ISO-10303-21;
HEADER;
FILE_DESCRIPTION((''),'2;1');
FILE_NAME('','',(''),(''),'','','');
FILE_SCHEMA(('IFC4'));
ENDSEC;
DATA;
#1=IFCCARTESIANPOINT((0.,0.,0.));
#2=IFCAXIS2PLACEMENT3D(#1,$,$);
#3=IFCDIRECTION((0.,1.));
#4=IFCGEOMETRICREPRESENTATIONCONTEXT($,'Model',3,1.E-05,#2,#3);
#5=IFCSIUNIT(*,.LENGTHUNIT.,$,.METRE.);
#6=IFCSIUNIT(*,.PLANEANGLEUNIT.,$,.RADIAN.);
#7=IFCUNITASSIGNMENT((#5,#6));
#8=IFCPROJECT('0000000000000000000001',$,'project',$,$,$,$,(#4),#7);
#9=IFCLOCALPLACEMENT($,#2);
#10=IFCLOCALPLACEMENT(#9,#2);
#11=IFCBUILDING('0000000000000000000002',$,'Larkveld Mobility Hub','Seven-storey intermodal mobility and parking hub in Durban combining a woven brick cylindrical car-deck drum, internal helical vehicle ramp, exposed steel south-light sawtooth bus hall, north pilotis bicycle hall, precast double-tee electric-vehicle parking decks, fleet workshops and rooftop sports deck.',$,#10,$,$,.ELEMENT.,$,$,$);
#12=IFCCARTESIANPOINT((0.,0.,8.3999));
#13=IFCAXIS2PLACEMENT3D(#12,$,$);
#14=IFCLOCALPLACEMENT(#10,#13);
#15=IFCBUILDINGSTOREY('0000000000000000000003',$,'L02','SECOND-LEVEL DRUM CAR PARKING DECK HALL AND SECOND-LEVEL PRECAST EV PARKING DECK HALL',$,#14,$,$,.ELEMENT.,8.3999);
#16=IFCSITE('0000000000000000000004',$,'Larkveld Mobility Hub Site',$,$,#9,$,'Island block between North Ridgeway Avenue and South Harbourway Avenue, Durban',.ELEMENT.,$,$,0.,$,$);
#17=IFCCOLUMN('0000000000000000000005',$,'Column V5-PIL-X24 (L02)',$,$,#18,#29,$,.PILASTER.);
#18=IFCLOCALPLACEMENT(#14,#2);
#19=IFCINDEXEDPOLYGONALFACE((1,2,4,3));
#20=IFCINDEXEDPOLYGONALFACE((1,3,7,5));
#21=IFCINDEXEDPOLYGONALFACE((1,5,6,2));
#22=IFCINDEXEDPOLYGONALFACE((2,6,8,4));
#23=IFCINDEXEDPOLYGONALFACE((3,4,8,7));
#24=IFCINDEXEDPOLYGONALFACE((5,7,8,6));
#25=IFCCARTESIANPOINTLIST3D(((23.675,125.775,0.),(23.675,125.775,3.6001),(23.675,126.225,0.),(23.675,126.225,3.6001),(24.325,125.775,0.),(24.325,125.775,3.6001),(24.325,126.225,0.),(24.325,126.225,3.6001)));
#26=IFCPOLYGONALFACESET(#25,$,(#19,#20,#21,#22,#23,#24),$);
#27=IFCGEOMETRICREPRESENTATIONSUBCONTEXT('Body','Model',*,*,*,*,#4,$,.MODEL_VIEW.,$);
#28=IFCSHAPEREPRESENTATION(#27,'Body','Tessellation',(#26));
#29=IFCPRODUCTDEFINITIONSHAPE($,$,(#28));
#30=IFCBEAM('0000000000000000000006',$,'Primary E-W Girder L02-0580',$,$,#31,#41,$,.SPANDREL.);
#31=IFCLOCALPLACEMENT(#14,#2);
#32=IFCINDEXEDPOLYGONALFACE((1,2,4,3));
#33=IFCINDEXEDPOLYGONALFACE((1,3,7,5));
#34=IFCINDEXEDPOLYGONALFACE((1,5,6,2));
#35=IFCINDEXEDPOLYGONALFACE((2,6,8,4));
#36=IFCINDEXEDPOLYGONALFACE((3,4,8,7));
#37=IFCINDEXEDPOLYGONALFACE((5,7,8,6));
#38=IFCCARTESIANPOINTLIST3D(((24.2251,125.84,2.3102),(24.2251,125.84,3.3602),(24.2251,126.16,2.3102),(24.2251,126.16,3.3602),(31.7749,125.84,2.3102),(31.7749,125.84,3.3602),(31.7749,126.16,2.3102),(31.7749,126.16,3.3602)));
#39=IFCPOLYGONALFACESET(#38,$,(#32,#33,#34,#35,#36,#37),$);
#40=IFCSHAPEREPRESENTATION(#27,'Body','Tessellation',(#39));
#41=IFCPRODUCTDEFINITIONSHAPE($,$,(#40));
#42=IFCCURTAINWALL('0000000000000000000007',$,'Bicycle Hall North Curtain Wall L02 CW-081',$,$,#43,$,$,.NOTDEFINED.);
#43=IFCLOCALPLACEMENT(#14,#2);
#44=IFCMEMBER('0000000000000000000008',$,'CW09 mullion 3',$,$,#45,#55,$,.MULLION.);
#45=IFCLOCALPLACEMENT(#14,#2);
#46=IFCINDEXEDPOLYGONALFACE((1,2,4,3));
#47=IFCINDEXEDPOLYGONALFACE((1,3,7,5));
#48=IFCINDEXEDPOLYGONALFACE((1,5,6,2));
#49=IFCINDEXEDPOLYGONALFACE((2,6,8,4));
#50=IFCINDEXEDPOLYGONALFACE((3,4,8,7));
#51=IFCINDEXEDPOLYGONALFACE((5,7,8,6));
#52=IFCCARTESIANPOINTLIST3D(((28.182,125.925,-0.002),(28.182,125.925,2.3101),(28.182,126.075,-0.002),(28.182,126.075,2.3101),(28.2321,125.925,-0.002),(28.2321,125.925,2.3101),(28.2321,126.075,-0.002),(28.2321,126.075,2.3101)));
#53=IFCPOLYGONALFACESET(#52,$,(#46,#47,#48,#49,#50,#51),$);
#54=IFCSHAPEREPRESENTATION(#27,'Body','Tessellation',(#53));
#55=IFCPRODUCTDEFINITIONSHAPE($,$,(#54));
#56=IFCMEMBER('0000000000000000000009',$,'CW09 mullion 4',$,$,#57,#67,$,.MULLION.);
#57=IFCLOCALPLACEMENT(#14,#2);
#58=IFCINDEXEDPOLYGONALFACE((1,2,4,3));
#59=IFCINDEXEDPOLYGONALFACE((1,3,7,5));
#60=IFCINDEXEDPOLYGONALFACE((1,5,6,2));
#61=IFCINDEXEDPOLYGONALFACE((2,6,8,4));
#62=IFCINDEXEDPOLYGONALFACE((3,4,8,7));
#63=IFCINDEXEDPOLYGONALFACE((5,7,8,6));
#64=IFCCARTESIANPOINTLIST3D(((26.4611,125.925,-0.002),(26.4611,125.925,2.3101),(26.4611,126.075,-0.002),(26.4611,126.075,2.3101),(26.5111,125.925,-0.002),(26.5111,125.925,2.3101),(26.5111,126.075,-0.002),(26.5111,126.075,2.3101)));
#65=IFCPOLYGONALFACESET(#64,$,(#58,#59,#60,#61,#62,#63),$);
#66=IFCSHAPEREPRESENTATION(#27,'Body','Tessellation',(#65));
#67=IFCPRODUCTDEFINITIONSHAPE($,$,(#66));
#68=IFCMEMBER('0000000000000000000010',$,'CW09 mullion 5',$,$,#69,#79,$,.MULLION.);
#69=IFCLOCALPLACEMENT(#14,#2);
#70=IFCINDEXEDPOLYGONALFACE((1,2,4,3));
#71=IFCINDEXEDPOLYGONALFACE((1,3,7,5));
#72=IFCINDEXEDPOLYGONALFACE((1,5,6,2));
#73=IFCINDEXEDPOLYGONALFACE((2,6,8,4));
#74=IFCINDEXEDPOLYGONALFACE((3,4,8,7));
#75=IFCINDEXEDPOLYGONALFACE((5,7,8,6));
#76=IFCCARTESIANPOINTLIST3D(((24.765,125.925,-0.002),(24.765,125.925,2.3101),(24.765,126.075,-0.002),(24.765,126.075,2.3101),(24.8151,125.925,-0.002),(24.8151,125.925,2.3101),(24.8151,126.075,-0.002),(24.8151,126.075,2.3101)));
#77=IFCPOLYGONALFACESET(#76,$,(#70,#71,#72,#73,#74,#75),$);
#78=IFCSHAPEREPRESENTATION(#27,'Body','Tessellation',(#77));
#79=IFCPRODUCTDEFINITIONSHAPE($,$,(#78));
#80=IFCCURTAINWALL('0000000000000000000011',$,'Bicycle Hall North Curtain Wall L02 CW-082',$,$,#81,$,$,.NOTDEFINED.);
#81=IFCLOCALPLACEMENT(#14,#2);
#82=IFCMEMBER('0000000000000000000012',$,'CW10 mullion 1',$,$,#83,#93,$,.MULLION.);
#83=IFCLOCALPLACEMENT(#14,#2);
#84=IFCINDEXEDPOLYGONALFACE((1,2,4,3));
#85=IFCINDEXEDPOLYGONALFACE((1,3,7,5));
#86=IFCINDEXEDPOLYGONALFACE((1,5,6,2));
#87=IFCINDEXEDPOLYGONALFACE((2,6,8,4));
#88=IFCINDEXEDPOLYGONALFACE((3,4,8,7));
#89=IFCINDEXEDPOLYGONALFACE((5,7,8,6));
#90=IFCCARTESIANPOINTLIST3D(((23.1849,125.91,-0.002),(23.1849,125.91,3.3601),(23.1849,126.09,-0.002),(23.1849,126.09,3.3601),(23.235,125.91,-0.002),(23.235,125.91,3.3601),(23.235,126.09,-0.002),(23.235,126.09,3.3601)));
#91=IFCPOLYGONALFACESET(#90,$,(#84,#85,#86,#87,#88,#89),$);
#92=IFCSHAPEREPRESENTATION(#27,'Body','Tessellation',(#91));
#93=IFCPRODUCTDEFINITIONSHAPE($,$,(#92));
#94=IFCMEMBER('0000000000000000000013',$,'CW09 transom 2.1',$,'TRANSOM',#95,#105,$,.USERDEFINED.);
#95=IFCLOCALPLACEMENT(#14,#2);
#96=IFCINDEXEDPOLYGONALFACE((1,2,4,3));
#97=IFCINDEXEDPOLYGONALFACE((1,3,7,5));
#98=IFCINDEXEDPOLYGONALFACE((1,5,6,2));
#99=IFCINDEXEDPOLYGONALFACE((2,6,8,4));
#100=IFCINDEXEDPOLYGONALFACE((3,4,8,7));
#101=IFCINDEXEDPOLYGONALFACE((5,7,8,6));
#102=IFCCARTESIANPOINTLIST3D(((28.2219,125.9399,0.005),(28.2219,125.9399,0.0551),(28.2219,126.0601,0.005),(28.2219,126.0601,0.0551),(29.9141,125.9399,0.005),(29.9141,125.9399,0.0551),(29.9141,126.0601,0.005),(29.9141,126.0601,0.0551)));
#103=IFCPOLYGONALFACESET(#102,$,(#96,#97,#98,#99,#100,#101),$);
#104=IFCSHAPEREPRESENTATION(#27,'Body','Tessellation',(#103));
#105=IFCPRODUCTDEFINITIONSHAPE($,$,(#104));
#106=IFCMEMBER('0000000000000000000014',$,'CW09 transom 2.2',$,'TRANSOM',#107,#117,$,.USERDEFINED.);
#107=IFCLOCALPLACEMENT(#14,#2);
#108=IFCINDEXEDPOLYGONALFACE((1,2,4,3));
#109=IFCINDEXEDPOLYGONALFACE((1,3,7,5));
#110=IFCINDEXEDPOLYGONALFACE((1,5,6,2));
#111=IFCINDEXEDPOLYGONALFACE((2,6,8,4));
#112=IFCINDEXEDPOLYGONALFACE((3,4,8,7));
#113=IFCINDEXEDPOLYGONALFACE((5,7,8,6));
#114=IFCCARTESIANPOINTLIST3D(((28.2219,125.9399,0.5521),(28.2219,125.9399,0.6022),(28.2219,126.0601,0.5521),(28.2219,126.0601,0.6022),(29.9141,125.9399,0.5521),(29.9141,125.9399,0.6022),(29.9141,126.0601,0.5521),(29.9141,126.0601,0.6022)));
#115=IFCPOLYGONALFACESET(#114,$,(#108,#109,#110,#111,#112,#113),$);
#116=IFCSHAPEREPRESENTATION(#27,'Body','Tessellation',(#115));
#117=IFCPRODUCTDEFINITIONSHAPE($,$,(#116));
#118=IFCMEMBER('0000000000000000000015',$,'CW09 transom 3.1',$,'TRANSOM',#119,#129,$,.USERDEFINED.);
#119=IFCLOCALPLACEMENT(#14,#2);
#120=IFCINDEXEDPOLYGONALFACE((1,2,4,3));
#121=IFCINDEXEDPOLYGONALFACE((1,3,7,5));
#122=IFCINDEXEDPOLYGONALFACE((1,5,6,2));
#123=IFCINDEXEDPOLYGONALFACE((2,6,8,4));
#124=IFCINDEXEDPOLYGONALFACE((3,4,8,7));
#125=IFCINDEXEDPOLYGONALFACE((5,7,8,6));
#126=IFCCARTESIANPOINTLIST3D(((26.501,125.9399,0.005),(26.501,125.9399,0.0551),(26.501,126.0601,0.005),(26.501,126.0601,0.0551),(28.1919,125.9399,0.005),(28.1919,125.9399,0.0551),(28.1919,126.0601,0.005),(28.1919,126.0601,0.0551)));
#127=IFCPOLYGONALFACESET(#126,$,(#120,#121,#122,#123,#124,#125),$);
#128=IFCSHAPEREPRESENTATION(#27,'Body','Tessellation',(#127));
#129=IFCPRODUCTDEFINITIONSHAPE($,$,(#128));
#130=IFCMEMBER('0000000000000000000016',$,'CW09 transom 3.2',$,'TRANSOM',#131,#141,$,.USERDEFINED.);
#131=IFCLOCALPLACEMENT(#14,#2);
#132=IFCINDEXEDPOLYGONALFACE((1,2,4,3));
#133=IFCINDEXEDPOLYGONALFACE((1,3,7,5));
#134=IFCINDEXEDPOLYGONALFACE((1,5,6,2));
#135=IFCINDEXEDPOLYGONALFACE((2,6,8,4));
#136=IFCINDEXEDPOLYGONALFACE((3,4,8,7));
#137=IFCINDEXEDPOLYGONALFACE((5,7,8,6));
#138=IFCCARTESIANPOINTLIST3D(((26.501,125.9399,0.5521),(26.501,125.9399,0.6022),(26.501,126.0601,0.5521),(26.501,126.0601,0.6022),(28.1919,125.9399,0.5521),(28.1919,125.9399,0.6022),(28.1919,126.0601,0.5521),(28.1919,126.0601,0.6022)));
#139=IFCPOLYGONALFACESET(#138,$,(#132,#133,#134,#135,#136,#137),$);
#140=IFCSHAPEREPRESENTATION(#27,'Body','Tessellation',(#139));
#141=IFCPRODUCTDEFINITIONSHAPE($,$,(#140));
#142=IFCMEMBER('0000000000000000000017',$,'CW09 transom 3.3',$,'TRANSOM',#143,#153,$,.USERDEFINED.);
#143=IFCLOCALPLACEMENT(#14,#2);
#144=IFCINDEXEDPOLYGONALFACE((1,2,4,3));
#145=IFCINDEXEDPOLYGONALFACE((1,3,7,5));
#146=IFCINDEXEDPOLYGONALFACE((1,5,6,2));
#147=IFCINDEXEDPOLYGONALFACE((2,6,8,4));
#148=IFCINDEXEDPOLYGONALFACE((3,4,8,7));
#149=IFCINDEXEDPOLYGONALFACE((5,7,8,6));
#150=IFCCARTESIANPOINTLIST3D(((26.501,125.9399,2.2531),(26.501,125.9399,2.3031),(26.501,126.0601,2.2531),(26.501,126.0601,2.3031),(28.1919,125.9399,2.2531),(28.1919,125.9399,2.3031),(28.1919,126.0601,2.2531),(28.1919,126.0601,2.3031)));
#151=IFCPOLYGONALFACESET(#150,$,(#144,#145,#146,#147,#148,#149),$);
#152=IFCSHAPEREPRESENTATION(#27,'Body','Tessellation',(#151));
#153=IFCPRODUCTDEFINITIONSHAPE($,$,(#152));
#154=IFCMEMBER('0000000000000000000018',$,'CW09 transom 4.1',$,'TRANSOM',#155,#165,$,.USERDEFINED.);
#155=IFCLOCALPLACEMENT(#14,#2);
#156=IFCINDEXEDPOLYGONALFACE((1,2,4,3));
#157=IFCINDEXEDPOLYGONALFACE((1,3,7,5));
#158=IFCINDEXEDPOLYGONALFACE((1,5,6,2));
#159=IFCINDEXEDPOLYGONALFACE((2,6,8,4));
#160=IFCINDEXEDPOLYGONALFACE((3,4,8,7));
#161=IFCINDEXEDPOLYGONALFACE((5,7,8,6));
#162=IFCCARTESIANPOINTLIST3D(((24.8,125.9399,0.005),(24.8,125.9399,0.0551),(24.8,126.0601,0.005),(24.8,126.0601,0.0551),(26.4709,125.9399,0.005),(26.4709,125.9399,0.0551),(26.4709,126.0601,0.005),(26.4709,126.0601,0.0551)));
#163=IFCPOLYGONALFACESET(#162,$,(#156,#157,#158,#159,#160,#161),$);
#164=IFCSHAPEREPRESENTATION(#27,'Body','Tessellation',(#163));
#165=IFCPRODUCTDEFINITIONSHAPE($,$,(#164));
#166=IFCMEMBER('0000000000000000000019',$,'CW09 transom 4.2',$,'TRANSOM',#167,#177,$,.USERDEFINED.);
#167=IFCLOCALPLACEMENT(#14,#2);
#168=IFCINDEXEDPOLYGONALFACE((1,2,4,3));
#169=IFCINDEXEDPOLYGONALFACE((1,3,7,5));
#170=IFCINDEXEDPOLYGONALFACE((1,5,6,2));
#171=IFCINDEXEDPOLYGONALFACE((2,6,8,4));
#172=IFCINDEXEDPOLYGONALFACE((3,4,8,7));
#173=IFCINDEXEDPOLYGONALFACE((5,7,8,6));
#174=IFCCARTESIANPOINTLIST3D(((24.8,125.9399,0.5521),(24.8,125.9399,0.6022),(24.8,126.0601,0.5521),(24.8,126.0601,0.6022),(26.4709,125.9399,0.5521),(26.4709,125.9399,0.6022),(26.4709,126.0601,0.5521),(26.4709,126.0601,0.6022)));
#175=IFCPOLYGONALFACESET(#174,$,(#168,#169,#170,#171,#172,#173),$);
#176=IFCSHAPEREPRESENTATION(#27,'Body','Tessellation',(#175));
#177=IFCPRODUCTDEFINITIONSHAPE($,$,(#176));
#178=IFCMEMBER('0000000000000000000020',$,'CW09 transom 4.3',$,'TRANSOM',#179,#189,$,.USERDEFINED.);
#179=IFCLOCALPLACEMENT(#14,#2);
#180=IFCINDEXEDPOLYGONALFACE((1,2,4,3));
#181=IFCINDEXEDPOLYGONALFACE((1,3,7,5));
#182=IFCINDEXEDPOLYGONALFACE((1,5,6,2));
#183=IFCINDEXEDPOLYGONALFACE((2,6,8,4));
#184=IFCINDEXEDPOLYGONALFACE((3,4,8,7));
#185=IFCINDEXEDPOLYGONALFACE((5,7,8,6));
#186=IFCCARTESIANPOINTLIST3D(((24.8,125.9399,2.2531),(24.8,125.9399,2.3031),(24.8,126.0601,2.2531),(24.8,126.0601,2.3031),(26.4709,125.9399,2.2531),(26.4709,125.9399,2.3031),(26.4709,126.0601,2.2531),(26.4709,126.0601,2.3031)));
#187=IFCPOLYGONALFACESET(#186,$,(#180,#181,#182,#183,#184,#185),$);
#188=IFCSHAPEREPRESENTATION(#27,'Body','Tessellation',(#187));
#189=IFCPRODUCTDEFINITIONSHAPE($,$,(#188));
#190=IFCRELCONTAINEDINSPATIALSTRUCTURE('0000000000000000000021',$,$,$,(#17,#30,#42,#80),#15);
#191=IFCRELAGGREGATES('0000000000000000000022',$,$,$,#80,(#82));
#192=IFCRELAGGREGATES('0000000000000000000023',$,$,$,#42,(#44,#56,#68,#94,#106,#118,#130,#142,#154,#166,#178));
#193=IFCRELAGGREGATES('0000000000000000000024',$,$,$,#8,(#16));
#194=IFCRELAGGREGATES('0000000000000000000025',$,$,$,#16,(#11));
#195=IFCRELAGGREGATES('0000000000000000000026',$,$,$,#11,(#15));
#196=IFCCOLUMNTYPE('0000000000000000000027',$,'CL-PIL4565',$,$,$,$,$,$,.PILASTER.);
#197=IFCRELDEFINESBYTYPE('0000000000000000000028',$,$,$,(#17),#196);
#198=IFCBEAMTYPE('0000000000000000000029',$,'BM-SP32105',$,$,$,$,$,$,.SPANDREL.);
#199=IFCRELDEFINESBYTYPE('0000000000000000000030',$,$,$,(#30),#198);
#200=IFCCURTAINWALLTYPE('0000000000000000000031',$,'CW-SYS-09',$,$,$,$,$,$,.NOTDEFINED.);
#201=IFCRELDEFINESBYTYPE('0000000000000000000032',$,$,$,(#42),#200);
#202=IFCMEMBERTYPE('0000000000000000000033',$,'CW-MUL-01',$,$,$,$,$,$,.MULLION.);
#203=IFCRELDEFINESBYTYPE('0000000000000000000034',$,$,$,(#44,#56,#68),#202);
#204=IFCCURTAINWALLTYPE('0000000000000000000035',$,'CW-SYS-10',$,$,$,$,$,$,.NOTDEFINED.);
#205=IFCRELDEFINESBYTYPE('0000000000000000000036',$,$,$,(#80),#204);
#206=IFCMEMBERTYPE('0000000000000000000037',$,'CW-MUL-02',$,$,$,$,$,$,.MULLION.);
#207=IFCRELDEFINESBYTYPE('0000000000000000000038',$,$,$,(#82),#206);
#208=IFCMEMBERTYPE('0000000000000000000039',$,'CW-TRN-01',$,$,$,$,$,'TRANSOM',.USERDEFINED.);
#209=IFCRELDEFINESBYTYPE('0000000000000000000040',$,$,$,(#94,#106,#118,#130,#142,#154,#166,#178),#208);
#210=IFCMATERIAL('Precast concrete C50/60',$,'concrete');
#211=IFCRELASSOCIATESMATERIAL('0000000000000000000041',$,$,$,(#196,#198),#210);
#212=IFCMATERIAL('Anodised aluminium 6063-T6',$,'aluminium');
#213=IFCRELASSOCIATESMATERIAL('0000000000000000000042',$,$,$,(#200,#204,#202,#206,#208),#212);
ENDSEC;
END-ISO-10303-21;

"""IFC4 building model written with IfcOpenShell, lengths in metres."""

from ifc_helpers import new_model, si_unit, direction, frame, origin, origin_2d, place, context, subcontext, project, spatial, rectangle, extrude, material, material_profile, profile_set, type_object, element, aggregate, save


model = new_model("IFC4")

# Units and contexts
model_context = context("Model", 3, precision=1e-05, world=origin(), true_north=direction((0.0, 1.0)))
body_context = subcontext(model_context, "Body", "Model", "MODEL_VIEW")
ifc_project = project(units=[si_unit("LENGTHUNIT", "METRE"), si_unit("PLANEANGLEUNIT", "RADIAN")], contexts=[model_context])

# Site, building, storey
site_placement = place(None, origin())
site = spatial("IfcSite", under=ifc_project, at=site_placement, Name="Larkveld Mobility Hub Site", LongName="Island block between North Ridgeway Avenue and South Harbourway Avenue, Durban", CompositionType="ELEMENT", RefElevation=0.0)
building_placement = place(site_placement, origin())
building = spatial("IfcBuilding", under=site, at=building_placement, Name="Larkveld Mobility Hub", Description="Seven-storey intermodal mobility and parking hub in Durban combining a woven brick cylindrical car-deck drum, internal helical vehicle ramp, exposed steel south-light sawtooth bus hall, north pilotis bicycle hall, precast double-tee electric-vehicle parking decks, fleet workshops and rooftop sports deck.", CompositionType="ELEMENT")
storey_placement = place(building_placement, frame((0.0, 0.0, 8.3999)))
storey = spatial("IfcBuildingStorey", under=building, at=storey_placement, Name="L02", Description="SECOND-LEVEL DRUM CAR PARKING DECK HALL AND SECOND-LEVEL PRECAST EV PARKING DECK HALL", CompositionType="ELEMENT", Elevation=8.3999)

# Column
ifc_material_1 = material(Name="Precast concrete C50/60", Category="concrete")
ifc_material_profile_1 = material_profile(ifc_material_1, rectangle(XDim=0.45, YDim=0.6499, at=origin_2d()), Name="PC PIL 450x650")
ifc_profile_set_1 = profile_set([ifc_material_profile_1], Name="Precast concrete C50/60")
column_type = type_object("IfcColumnType", Name="CL-PIL4565", PredefinedType="PILASTER", material=ifc_profile_set_1)
column_placement = place(storey_placement, frame((24.0, 126.0, 0.0), z_axis=(0.0, 0.0, 1.0), x_axis=(0.0, 1.0, 0.0)))
element("IfcColumn", 1, at=column_placement, inside=storey, type_object=column_type, Name="Column V5-PIL-X24 (L02)", PredefinedType="PILASTER", context=body_context, shape_type="SweptSolid", body=[
    extrude(rectangle(XDim=0.45, YDim=0.6499, at=origin_2d()), origin(), (0.0, 0.0, 1.0), 3.6001),
])

# Beam
ifc_material_profile_2 = material_profile(ifc_material_1, rectangle(XDim=0.3201, YDim=1.05, at=origin_2d()), Name="PC SP 320x1050")
ifc_profile_set_2 = profile_set([ifc_material_profile_2], Name="Precast concrete C50/60")
beam_type = type_object("IfcBeamType", Name="BM-SP32105", PredefinedType="SPANDREL", material=ifc_profile_set_2)
beam_placement = place(storey_placement, frame((24.2251, 126.0, 2.8352), z_axis=(1.0, 0.0, 0.0), x_axis=(0.0, 1.0, 0.0)))
element("IfcBeam", 2, at=beam_placement, inside=storey, type_object=beam_type, Name="Primary E-W Girder L02-0580", PredefinedType="SPANDREL", context=body_context, shape_type="SweptSolid", body=[
    extrude(rectangle(XDim=0.3201, YDim=1.05, at=origin_2d()), origin(), (0.0, 0.0, 1.0), 7.5498),
])

# Curtain wall, members
ifc_material_2 = material(Name="Anodised aluminium 6063-T6", Category="aluminium")
curtain_wall_type_1 = type_object("IfcCurtainWallType", Name="CW-SYS-09", PredefinedType="NOTDEFINED", material=ifc_material_2)
curtain_wall_1_placement = place(storey_placement, origin())
curtain_wall_1 = element("IfcCurtainWall", 3, at=curtain_wall_1_placement, inside=storey, type_object=curtain_wall_type_1, Name="Bicycle Hall North Curtain Wall L02 CW-081", PredefinedType="NOTDEFINED")
ifc_material_profile_3 = material_profile(ifc_material_2, rectangle(XDim=0.05, YDim=0.1499, at=origin_2d()), Name="ALU MULL 50x150")
ifc_profile_set_3 = profile_set([ifc_material_profile_3], Name="Anodised aluminium 6063-T6")
member_type_1 = type_object("IfcMemberType", Name="CW-MUL-01", PredefinedType="MULLION", material=ifc_profile_set_3)
member_1_placement = place(storey_placement, frame((28.207, 126.0, -0.002), z_axis=(0.0, 0.0, 1.0), x_axis=(-1.0, 0.0, 0.0)))
member_1 = element("IfcMember", 4, at=member_1_placement, type_object=member_type_1, Name="CW09 mullion 3", PredefinedType="MULLION", context=body_context, shape_type="SweptSolid", body=[
    extrude(rectangle(XDim=0.05, YDim=0.1499, at=origin_2d()), origin(), (0.0, 0.0, 1.0), 2.312),
])
member_2_placement = place(storey_placement, frame((26.4861, 126.0, -0.002), z_axis=(0.0, 0.0, 1.0), x_axis=(-1.0, 0.0, 0.0)))
member_2 = element("IfcMember", 5, at=member_2_placement, type_object=member_type_1, Name="CW09 mullion 4", PredefinedType="MULLION", context=body_context, shape_type="SweptSolid", body=[
    extrude(rectangle(XDim=0.05, YDim=0.1499, at=origin_2d()), origin(), (0.0, 0.0, 1.0), 2.312),
])
member_3_placement = place(storey_placement, frame((24.79, 126.0, -0.002), z_axis=(0.0, 0.0, 1.0), x_axis=(-1.0, 0.0, 0.0)))
member_3 = element("IfcMember", 6, at=member_3_placement, type_object=member_type_1, Name="CW09 mullion 5", PredefinedType="MULLION", context=body_context, shape_type="SweptSolid", body=[
    extrude(rectangle(XDim=0.05, YDim=0.1499, at=origin_2d()), origin(), (0.0, 0.0, 1.0), 2.312),
])

# Curtain wall, member
curtain_wall_type_2 = type_object("IfcCurtainWallType", Name="CW-SYS-10", PredefinedType="NOTDEFINED", material=ifc_material_2)
curtain_wall_2_placement = place(storey_placement, origin())
curtain_wall_2 = element("IfcCurtainWall", 7, at=curtain_wall_2_placement, inside=storey, type_object=curtain_wall_type_2, Name="Bicycle Hall North Curtain Wall L02 CW-082", PredefinedType="NOTDEFINED")
ifc_material_profile_4 = material_profile(ifc_material_2, rectangle(XDim=0.05, YDim=0.1799, at=origin_2d()), Name="ALU MULL 50x180")
ifc_profile_set_4 = profile_set([ifc_material_profile_4], Name="Anodised aluminium 6063-T6")
member_type_2 = type_object("IfcMemberType", Name="CW-MUL-02", PredefinedType="MULLION", material=ifc_profile_set_4)
member_4_placement = place(storey_placement, frame((23.21, 126.0, -0.002), z_axis=(0.0, 0.0, 1.0), x_axis=(-1.0, 0.0, 0.0)))
member_4 = element("IfcMember", 8, at=member_4_placement, type_object=member_type_2, Name="CW10 mullion 1", PredefinedType="MULLION", context=body_context, shape_type="SweptSolid", body=[
    extrude(rectangle(XDim=0.05, YDim=0.1799, at=origin_2d()), origin(), (0.0, 0.0, 1.0), 3.3621),
])

# Members
ifc_material_profile_5 = material_profile(ifc_material_2, rectangle(XDim=0.1201, YDim=0.05, at=origin_2d()), Name="ALU TRAN 50x120")
ifc_profile_set_5 = profile_set([ifc_material_profile_5], Name="Anodised aluminium 6063-T6")
member_type_3 = type_object("IfcMemberType", Name="CW-TRN-01", ElementType="TRANSOM", PredefinedType="USERDEFINED", material=ifc_profile_set_5)
member_5_placement = place(storey_placement, frame((29.9141, 126.0, 0.03), z_axis=(-1.0, 0.0, 0.0), x_axis=(0.0, -1.0, 0.0)))
member_5 = element("IfcMember", 9, at=member_5_placement, type_object=member_type_3, Name="CW09 transom 2.1", ObjectType="TRANSOM", PredefinedType="USERDEFINED", context=body_context, shape_type="SweptSolid", body=[
    extrude(rectangle(XDim=0.1201, YDim=0.05, at=origin_2d()), origin(), (0.0, 0.0, 1.0), 1.6921),
])
member_6_placement = place(storey_placement, frame((29.9141, 126.0, 0.5771), z_axis=(-1.0, 0.0, 0.0), x_axis=(0.0, -1.0, 0.0)))
member_6 = element("IfcMember", 10, at=member_6_placement, type_object=member_type_3, Name="CW09 transom 2.2", ObjectType="TRANSOM", PredefinedType="USERDEFINED", context=body_context, shape_type="SweptSolid", body=[
    extrude(rectangle(XDim=0.1201, YDim=0.05, at=origin_2d()), origin(), (0.0, 0.0, 1.0), 1.6921),
])
member_7_placement = place(storey_placement, frame((28.1919, 126.0, 0.03), z_axis=(-1.0, 0.0, 0.0), x_axis=(0.0, -1.0, 0.0)))
member_7 = element("IfcMember", 11, at=member_7_placement, type_object=member_type_3, Name="CW09 transom 3.1", ObjectType="TRANSOM", PredefinedType="USERDEFINED", context=body_context, shape_type="SweptSolid", body=[
    extrude(rectangle(XDim=0.1201, YDim=0.05, at=origin_2d()), origin(), (0.0, 0.0, 1.0), 1.6909),
])
member_8_placement = place(storey_placement, frame((28.1919, 126.0, 0.5771), z_axis=(-1.0, 0.0, 0.0), x_axis=(0.0, -1.0, 0.0)))
member_8 = element("IfcMember", 12, at=member_8_placement, type_object=member_type_3, Name="CW09 transom 3.2", ObjectType="TRANSOM", PredefinedType="USERDEFINED", context=body_context, shape_type="SweptSolid", body=[
    extrude(rectangle(XDim=0.1201, YDim=0.05, at=origin_2d()), origin(), (0.0, 0.0, 1.0), 1.6909),
])
member_9_placement = place(storey_placement, frame((28.1919, 126.0, 2.2781), z_axis=(-1.0, 0.0, 0.0), x_axis=(0.0, -1.0, 0.0)))
member_9 = element("IfcMember", 13, at=member_9_placement, type_object=member_type_3, Name="CW09 transom 3.3", ObjectType="TRANSOM", PredefinedType="USERDEFINED", context=body_context, shape_type="SweptSolid", body=[
    extrude(rectangle(XDim=0.1201, YDim=0.05, at=origin_2d()), origin(), (0.0, 0.0, 1.0), 1.6909),
])
member_10_placement = place(storey_placement, frame((26.4709, 126.0, 0.03), z_axis=(-1.0, 0.0, 0.0), x_axis=(0.0, -1.0, 0.0)))
member_10 = element("IfcMember", 14, at=member_10_placement, type_object=member_type_3, Name="CW09 transom 4.1", ObjectType="TRANSOM", PredefinedType="USERDEFINED", context=body_context, shape_type="SweptSolid", body=[
    extrude(rectangle(XDim=0.1201, YDim=0.05, at=origin_2d()), origin(), (0.0, 0.0, 1.0), 1.6709),
])
member_11_placement = place(storey_placement, frame((26.4709, 126.0, 0.5771), z_axis=(-1.0, 0.0, 0.0), x_axis=(0.0, -1.0, 0.0)))
member_11 = element("IfcMember", 15, at=member_11_placement, type_object=member_type_3, Name="CW09 transom 4.2", ObjectType="TRANSOM", PredefinedType="USERDEFINED", context=body_context, shape_type="SweptSolid", body=[
    extrude(rectangle(XDim=0.1201, YDim=0.05, at=origin_2d()), origin(), (0.0, 0.0, 1.0), 1.6709),
])
member_12_placement = place(storey_placement, frame((26.4709, 126.0, 2.2781), z_axis=(-1.0, 0.0, 0.0), x_axis=(0.0, -1.0, 0.0)))
member_12 = element("IfcMember", 16, at=member_12_placement, type_object=member_type_3, Name="CW09 transom 4.3", ObjectType="TRANSOM", PredefinedType="USERDEFINED", context=body_context, shape_type="SweptSolid", body=[
    extrude(rectangle(XDim=0.1201, YDim=0.05, at=origin_2d()), origin(), (0.0, 0.0, 1.0), 1.6709),
])
aggregate(curtain_wall_2, [member_4])

aggregate(curtain_wall_1, [member_1, member_2, member_3, member_5, member_6, member_7, member_8, member_9, member_10, member_11, member_12])

save(model, "model.ifc")
